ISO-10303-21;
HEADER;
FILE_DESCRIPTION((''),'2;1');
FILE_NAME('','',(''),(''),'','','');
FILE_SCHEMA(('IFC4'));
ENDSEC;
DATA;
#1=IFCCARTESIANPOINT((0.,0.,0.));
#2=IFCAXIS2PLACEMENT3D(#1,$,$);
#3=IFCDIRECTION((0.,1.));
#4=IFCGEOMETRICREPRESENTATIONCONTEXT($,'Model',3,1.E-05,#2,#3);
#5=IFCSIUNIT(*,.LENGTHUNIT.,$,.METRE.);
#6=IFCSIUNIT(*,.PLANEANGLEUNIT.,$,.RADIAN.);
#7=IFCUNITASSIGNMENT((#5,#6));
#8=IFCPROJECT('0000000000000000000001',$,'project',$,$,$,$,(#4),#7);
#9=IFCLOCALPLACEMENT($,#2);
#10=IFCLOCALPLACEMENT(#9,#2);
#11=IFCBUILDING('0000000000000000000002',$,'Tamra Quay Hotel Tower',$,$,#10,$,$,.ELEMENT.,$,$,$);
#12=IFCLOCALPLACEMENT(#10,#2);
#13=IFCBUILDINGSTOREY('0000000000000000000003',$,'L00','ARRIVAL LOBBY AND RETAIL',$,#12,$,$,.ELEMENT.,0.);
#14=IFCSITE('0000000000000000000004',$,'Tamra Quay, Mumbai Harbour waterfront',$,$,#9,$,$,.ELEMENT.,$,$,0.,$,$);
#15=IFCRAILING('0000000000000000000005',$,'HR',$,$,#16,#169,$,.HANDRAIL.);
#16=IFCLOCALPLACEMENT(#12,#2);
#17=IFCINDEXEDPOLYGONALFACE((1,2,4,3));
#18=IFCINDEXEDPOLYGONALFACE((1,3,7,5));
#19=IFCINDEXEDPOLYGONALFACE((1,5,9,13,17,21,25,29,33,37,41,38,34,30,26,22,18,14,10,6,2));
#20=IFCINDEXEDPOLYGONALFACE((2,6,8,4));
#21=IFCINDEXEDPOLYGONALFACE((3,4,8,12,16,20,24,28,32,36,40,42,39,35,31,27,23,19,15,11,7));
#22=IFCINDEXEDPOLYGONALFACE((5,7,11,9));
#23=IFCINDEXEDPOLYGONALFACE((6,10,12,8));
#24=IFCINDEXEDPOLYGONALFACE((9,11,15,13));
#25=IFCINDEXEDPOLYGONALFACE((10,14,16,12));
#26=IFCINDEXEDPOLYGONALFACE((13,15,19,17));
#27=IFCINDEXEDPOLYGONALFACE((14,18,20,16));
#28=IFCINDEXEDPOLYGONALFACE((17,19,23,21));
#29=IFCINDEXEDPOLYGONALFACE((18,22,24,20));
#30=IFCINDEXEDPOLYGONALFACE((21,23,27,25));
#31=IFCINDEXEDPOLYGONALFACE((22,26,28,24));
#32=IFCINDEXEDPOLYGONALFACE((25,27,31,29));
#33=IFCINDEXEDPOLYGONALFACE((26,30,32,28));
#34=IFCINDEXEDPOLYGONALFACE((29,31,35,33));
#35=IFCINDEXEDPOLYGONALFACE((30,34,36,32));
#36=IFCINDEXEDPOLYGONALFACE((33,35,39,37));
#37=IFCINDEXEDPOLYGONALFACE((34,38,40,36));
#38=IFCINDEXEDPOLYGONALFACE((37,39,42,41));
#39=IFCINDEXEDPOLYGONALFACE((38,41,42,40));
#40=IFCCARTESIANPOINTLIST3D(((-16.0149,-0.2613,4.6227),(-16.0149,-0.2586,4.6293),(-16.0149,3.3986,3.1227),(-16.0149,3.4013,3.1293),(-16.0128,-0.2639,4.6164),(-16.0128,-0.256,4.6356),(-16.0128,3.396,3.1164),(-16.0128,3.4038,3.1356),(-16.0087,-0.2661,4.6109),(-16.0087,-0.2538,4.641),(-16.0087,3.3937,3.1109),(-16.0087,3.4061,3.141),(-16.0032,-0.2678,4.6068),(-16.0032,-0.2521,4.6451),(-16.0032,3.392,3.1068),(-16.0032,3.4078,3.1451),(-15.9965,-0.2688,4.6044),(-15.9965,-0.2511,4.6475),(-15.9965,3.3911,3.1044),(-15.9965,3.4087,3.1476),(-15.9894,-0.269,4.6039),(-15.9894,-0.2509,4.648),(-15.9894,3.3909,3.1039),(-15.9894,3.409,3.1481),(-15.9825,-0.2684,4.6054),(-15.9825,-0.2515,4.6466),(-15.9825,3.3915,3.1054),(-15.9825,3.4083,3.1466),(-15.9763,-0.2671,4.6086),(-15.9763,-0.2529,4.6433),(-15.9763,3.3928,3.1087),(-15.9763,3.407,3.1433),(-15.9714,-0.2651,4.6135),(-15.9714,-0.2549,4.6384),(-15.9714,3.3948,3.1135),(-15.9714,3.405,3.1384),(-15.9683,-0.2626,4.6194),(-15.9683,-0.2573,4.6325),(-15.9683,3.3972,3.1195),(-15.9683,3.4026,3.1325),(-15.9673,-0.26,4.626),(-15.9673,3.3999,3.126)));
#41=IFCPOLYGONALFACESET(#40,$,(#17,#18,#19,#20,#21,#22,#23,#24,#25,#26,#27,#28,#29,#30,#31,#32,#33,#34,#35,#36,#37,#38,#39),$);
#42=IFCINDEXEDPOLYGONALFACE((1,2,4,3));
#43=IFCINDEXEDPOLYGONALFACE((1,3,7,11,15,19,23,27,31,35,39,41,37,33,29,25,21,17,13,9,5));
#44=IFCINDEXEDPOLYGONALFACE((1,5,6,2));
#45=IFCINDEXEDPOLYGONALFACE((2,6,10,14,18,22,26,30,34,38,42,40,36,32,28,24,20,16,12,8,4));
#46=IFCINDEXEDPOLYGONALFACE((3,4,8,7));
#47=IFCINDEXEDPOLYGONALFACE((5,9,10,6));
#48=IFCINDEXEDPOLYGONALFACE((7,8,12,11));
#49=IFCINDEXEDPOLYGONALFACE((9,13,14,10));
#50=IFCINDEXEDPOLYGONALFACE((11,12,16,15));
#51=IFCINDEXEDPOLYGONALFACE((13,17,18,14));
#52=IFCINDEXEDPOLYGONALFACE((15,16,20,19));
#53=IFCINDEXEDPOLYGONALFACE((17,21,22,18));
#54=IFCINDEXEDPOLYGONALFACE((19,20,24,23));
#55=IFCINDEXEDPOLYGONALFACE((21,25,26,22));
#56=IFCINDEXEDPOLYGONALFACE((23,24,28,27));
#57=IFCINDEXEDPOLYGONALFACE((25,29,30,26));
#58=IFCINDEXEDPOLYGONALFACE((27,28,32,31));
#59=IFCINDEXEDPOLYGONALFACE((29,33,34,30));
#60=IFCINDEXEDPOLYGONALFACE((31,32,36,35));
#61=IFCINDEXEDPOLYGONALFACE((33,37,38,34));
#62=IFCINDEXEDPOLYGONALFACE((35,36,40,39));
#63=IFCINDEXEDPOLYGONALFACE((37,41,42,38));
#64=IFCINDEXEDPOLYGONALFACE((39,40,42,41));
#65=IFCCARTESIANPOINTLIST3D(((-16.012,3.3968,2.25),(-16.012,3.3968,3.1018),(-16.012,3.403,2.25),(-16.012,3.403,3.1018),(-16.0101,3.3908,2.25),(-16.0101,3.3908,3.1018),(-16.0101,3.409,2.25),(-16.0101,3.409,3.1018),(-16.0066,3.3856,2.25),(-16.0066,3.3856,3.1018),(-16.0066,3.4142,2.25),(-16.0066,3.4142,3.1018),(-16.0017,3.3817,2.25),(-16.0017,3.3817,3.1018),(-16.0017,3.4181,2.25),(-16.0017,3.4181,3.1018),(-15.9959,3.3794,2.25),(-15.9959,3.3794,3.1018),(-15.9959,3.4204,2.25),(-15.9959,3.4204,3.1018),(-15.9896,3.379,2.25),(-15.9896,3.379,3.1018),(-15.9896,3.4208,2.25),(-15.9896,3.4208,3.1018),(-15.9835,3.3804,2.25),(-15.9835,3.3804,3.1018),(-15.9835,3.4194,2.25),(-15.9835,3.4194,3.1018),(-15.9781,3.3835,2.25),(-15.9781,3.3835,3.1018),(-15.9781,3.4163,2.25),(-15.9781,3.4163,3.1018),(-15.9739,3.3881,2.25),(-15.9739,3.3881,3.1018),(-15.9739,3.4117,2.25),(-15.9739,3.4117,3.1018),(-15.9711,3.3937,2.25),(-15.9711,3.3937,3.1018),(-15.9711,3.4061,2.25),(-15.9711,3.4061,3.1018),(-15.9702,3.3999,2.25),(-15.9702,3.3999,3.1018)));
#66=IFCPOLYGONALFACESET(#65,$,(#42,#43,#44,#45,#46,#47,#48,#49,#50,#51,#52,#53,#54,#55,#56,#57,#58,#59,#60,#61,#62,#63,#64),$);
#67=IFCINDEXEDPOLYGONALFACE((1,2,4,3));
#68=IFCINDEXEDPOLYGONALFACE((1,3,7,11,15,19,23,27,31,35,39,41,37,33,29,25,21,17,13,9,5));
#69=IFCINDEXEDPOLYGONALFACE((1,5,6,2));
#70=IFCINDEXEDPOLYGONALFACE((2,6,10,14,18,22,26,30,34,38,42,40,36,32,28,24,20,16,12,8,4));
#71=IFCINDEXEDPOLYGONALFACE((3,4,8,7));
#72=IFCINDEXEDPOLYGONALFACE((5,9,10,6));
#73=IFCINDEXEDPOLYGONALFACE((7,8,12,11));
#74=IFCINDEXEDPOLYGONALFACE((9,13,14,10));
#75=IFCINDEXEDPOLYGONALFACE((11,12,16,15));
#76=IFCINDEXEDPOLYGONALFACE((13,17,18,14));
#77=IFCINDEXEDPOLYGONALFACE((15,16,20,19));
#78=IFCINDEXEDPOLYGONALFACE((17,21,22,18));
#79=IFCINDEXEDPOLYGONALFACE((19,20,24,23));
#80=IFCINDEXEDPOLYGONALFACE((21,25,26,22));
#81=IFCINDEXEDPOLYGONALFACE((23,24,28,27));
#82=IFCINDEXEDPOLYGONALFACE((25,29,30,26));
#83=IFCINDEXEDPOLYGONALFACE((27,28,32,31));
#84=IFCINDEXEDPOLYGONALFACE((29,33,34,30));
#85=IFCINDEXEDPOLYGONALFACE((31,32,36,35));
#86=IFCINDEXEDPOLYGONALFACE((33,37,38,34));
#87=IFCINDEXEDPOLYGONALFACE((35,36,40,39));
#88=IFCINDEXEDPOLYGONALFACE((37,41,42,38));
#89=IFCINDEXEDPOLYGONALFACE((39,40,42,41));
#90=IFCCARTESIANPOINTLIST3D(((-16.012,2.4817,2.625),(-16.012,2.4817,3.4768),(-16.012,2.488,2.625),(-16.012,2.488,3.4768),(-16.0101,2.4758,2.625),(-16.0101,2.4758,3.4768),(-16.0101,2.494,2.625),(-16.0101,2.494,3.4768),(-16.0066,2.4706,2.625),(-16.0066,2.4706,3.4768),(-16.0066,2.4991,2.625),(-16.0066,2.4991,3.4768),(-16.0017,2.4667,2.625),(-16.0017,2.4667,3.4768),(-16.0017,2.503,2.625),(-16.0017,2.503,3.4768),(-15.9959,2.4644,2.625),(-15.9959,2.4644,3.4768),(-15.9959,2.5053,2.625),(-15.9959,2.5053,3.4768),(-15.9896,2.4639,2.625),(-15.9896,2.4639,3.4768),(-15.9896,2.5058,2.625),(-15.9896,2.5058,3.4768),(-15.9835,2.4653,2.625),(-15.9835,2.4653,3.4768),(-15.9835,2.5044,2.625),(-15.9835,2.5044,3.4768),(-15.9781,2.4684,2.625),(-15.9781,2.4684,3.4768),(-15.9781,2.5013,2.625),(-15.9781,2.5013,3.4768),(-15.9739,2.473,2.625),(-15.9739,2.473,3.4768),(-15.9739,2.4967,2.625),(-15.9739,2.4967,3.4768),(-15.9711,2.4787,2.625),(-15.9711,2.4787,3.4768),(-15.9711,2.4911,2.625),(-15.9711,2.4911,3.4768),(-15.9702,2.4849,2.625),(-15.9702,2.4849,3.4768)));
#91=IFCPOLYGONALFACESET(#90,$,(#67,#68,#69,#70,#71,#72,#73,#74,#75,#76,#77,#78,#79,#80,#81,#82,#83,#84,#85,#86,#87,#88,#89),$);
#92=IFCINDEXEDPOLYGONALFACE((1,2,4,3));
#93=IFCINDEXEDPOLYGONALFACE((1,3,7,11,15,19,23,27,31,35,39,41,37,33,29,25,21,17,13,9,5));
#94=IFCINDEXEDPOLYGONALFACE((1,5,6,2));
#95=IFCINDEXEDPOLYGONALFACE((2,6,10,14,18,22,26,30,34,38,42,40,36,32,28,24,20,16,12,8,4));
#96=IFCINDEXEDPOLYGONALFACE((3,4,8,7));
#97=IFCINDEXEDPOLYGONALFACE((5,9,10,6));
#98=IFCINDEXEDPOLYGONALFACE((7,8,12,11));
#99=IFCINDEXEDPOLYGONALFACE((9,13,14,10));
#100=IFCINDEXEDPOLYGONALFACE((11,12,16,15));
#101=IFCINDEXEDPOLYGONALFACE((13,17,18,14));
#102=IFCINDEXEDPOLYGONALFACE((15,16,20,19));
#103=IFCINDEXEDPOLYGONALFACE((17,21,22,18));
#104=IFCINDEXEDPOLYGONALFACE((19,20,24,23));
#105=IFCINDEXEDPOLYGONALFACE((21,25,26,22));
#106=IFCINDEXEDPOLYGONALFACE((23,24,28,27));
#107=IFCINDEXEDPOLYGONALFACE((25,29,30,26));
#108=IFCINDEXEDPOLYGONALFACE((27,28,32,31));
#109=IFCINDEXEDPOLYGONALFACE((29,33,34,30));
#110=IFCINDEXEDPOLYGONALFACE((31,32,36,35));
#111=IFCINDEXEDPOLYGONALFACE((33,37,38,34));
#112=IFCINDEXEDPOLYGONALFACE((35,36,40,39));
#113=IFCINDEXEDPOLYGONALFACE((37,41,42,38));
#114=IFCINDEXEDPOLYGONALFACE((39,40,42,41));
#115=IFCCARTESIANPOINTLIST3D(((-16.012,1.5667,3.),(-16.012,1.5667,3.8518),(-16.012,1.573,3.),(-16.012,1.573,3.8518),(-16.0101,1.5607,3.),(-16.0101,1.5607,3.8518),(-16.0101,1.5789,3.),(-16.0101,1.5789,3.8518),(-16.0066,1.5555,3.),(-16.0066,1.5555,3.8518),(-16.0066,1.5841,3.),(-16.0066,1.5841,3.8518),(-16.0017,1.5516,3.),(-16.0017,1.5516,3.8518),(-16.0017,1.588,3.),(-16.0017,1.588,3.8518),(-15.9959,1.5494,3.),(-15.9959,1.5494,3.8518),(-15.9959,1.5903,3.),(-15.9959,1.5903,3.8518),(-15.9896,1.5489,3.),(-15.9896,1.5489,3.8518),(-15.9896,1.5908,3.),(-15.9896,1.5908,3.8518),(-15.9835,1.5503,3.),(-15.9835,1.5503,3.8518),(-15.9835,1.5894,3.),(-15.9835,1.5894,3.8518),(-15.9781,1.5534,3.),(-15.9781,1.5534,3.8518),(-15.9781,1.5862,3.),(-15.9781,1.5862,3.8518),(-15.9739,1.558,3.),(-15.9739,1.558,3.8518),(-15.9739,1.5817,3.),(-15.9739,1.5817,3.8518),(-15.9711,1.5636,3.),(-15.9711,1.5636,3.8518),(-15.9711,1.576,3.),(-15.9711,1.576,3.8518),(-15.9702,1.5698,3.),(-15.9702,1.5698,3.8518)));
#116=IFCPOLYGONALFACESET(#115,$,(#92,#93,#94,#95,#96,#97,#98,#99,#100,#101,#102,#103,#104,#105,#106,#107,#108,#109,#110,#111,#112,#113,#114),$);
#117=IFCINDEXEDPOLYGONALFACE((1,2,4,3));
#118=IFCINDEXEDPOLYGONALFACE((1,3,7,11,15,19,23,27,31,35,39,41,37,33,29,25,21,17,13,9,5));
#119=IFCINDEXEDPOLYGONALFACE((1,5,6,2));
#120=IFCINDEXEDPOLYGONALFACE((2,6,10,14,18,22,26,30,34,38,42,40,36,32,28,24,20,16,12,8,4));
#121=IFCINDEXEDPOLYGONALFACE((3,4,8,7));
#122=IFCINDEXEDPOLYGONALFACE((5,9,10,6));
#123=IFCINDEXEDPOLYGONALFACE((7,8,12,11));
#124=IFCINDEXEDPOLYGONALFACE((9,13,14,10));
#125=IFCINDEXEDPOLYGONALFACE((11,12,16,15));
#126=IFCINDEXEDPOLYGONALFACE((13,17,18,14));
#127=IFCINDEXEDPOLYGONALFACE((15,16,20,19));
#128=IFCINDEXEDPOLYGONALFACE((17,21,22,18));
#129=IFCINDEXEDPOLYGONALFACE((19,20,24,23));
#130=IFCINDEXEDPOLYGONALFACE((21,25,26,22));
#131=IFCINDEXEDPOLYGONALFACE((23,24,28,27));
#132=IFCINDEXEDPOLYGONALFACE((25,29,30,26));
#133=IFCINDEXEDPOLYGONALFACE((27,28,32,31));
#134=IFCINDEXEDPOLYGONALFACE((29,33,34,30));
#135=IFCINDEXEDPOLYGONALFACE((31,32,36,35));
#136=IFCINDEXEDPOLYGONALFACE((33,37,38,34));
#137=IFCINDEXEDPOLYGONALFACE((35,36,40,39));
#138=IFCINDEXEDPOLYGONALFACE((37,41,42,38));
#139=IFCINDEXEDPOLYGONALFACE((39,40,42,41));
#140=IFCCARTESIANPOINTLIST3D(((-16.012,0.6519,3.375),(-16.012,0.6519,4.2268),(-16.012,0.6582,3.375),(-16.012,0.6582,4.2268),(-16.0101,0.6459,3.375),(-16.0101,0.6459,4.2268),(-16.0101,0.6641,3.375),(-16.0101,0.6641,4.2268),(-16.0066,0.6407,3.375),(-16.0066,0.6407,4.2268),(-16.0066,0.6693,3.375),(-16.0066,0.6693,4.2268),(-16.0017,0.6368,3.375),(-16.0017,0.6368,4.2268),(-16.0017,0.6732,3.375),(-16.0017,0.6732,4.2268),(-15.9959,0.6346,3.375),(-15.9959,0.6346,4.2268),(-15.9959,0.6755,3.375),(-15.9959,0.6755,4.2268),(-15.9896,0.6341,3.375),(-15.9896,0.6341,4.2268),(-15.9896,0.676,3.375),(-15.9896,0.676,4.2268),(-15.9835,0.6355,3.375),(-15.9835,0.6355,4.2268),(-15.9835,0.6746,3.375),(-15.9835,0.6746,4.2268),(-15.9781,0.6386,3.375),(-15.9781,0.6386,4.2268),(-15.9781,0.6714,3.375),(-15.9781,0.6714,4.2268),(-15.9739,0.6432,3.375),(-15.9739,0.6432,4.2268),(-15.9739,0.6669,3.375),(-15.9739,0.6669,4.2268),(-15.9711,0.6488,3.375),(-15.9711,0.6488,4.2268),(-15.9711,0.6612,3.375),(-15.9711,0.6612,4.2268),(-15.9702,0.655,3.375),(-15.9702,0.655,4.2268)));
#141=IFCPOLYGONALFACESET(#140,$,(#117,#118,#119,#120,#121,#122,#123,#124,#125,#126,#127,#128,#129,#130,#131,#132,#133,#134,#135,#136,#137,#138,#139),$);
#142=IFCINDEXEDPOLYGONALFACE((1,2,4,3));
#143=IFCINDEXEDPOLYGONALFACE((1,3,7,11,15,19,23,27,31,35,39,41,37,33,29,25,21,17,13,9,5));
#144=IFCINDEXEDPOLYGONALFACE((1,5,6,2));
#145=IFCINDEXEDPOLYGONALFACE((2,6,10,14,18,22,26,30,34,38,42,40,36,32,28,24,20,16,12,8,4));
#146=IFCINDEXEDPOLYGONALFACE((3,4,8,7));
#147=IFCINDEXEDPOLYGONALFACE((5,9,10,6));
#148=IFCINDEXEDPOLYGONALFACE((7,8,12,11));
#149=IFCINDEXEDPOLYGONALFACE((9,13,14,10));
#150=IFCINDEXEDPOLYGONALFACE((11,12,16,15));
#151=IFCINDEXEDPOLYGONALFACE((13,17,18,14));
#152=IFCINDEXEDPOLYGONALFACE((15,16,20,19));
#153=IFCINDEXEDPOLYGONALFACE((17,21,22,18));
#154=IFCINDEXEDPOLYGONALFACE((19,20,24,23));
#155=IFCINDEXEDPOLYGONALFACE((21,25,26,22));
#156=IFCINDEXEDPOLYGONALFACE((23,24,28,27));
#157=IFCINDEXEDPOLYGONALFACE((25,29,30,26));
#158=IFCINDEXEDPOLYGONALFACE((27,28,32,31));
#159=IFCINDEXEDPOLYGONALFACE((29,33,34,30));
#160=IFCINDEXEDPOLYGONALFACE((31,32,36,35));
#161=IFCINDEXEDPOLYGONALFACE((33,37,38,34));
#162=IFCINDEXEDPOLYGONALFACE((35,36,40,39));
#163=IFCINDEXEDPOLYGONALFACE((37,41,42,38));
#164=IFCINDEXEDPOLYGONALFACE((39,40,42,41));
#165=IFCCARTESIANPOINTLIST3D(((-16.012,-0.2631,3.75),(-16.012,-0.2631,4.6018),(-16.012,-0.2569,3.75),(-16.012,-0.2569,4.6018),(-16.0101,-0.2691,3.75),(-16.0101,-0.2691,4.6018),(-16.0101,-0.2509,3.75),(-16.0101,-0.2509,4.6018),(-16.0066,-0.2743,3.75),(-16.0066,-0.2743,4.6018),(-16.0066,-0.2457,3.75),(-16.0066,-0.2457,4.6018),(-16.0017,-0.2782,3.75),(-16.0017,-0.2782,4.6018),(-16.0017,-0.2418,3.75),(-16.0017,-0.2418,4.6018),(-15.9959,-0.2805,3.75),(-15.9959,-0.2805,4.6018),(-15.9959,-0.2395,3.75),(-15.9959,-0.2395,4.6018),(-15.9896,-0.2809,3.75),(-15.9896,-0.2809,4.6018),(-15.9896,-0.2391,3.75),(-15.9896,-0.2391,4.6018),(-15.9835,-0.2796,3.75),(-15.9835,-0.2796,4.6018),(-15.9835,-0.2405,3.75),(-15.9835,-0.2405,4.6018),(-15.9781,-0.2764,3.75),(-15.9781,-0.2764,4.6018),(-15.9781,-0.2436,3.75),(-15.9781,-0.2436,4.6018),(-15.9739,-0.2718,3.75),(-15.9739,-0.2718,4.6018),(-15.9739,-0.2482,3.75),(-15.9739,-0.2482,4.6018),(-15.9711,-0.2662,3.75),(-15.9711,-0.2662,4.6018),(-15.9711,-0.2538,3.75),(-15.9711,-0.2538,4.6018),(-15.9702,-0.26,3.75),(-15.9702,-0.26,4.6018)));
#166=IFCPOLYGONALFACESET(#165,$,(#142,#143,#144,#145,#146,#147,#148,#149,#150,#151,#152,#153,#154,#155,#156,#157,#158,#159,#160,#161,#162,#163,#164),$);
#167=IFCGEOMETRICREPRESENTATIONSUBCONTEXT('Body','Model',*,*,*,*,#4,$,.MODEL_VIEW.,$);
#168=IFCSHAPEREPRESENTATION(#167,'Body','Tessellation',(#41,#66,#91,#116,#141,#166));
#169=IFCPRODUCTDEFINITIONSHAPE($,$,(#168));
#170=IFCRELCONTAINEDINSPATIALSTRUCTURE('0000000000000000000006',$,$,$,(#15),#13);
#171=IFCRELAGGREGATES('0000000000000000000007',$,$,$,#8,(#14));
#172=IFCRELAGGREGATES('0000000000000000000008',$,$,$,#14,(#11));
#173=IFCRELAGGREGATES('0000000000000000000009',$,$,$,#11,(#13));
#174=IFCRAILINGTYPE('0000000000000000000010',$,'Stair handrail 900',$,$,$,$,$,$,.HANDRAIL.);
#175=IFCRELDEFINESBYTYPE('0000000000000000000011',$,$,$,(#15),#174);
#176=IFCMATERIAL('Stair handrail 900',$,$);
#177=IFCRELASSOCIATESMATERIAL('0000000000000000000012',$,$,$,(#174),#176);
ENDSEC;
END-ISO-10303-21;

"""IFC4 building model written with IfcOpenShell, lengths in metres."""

from ifc_helpers import new_model, si_unit, direction, frame, origin, origin_2d, place, context, subcontext, project, spatial, circle, extrude, material, type_object, element, save


model = new_model("IFC4")

# Units and contexts
model_context = context("Model", 3, precision=1e-05, world=origin(), true_north=direction((0.0, 1.0)))
body_context = subcontext(model_context, "Body", "Model", "MODEL_VIEW")
ifc_project = project(units=[si_unit("LENGTHUNIT", "METRE"), si_unit("PLANEANGLEUNIT", "RADIAN")], contexts=[model_context])

# Site, building, storey
site_placement = place(None, origin())
site = spatial("IfcSite", under=ifc_project, at=site_placement, Name="Tamra Quay, Mumbai Harbour waterfront", CompositionType="ELEMENT", RefElevation=0.0)
building_placement = place(site_placement, origin())
building = spatial("IfcBuilding", under=site, at=building_placement, Name="Tamra Quay Hotel Tower", CompositionType="ELEMENT")
storey_placement = place(building_placement, origin())
storey = spatial("IfcBuildingStorey", under=building, at=storey_placement, Name="L00", Description="ARRIVAL LOBBY AND RETAIL", CompositionType="ELEMENT", Elevation=0.0)

# Railing
ifc_material_1 = material(Name="Stair handrail 900")
railing_type = type_object("IfcRailingType", Name="Stair handrail 900", PredefinedType="HANDRAIL", material=ifc_material_1)
railing_1_placement = place(storey_placement, frame((-15.9912, 3.3999, 2.25)))
element("IfcRailing", 1, at=railing_1_placement, inside=storey, type_object=railing_type, Name="HR", PredefinedType="HANDRAIL", context=body_context, shape_type="SweptSolid", body=[
    extrude(circle(Radius=0.0239, at=origin_2d()), frame((0.0, 0.0, 0.876), z_axis=(0.0, -0.925302, 0.379231), x_axis=(1.0, 0.0, 0.0)), (0.0, 0.0, 1.0), 3.9553),
    extrude(circle(Radius=0.021, at=origin_2d()), origin(), (0.0, 0.0, 1.0), 0.8518),
    extrude(circle(Radius=0.021, at=origin_2d()), frame((0.0, -0.915, 0.375)), (0.0, 0.0, 1.0), 0.8518),
    extrude(circle(Radius=0.021, at=origin_2d()), frame((0.0, -1.8301, 0.75)), (0.0, 0.0, 1.0), 0.8518),
    extrude(circle(Radius=0.021, at=origin_2d()), frame((0.0, -2.7449, 1.125)), (0.0, 0.0, 1.0), 0.8518),
    extrude(circle(Radius=0.021, at=origin_2d()), frame((0.0, -3.6599, 1.5)), (0.0, 0.0, 1.0), 0.8518),
])

save(model, "model.ifc")
